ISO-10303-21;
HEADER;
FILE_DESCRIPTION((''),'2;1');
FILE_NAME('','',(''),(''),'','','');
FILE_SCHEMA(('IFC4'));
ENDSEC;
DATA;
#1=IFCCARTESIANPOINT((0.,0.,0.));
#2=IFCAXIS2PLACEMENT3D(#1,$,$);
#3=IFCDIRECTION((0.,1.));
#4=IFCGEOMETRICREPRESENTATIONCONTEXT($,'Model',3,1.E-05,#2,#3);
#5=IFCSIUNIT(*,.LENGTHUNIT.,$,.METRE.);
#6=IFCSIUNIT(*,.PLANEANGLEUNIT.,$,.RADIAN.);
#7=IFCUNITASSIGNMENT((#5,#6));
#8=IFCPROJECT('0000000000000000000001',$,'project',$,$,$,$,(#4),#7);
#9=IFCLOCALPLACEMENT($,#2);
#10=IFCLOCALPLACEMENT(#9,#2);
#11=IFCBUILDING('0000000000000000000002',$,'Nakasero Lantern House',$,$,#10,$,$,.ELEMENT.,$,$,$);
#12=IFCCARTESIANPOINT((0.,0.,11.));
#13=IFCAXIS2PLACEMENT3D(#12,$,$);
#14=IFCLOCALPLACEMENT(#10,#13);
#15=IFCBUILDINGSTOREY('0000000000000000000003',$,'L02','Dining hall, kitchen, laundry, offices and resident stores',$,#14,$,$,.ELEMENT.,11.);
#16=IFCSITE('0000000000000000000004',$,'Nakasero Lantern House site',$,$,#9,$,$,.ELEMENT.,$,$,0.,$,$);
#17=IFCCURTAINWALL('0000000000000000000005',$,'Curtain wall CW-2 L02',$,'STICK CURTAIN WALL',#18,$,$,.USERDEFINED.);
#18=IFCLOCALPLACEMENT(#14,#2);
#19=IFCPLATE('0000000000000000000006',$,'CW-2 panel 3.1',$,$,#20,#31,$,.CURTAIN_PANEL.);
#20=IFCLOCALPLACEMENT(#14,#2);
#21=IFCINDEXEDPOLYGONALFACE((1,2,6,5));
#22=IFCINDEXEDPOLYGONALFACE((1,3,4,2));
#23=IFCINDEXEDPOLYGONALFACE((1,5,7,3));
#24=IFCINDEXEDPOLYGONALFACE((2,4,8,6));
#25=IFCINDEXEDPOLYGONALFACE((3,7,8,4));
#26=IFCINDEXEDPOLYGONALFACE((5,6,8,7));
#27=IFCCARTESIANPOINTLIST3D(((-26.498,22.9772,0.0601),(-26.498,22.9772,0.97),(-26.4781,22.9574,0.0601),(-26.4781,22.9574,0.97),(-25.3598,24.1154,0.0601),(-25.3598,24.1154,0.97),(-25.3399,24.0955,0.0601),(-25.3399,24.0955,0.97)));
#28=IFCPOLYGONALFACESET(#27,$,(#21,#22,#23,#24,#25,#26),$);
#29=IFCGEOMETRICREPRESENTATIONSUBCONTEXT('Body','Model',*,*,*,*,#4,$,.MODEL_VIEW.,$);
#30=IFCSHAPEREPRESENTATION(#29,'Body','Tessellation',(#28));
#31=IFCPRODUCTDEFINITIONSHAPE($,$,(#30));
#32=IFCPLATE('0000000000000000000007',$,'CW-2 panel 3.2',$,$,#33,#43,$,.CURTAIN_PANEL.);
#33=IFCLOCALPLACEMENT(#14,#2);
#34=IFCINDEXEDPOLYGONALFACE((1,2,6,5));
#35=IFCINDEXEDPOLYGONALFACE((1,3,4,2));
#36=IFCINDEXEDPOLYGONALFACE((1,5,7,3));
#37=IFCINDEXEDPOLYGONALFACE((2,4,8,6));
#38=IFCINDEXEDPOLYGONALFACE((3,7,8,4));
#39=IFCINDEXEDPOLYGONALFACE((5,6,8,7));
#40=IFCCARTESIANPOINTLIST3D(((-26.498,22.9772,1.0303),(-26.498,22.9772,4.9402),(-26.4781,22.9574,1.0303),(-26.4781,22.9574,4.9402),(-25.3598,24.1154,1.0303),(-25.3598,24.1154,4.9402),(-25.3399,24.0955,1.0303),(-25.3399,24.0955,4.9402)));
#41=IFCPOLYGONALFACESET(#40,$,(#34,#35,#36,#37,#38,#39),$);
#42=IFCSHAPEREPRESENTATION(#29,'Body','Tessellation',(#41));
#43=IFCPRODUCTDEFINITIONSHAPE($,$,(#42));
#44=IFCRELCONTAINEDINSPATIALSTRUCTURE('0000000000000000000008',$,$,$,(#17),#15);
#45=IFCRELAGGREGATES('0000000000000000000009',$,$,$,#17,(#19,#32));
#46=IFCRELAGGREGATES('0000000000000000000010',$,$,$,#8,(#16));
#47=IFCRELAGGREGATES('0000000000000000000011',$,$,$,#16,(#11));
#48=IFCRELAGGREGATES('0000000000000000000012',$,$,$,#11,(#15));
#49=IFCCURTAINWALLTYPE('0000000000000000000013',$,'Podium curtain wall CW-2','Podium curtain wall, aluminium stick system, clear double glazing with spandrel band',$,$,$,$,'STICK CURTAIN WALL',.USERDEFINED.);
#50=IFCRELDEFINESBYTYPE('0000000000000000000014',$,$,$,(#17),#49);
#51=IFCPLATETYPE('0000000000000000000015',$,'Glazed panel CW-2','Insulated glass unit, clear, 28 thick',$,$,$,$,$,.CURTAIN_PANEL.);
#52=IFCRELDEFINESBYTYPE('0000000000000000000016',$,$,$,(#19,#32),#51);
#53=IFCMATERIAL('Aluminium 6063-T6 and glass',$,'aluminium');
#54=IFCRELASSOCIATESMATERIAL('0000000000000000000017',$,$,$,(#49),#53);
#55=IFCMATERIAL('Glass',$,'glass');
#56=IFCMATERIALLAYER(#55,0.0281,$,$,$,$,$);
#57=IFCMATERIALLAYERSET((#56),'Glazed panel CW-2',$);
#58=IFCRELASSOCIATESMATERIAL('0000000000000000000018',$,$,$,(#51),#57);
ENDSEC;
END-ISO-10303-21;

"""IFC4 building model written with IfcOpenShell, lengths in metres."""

from ifc_helpers import new_model, si_unit, direction, frame, origin, origin_2d, place, context, subcontext, project, spatial, rectangle, extrude, material, layer, layer_set, type_object, element, aggregate, save


model = new_model("IFC4")

# Units and contexts
model_context = context("Model", 3, precision=1e-05, world=origin(), true_north=direction((0.0, 1.0)))
body_context = subcontext(model_context, "Body", "Model", "MODEL_VIEW")
ifc_project = project(units=[si_unit("LENGTHUNIT", "METRE"), si_unit("PLANEANGLEUNIT", "RADIAN")], contexts=[model_context])

# Site, building, storey
site_placement = place(None, origin())
site = spatial("IfcSite", under=ifc_project, at=site_placement, Name="Nakasero Lantern House site", CompositionType="ELEMENT", RefElevation=0.0)
building_placement = place(site_placement, origin())
building = spatial("IfcBuilding", under=site, at=building_placement, Name="Nakasero Lantern House", CompositionType="ELEMENT")
storey_placement = place(building_placement, frame((0.0, 0.0, 11.0)))
storey = spatial("IfcBuildingStorey", under=building, at=storey_placement, Name="L02", Description="Dining hall, kitchen, laundry, offices and resident stores", CompositionType="ELEMENT", Elevation=11.0)

# Curtain wall
ifc_material_1 = material(Name="Aluminium 6063-T6 and glass", Category="aluminium")
curtain_wall_type = type_object("IfcCurtainWallType", Name="Podium curtain wall CW-2", Description="Podium curtain wall, aluminium stick system, clear double glazing with spandrel band", ElementType="STICK CURTAIN WALL", PredefinedType="USERDEFINED", material=ifc_material_1)
curtain_wall_1_placement = place(storey_placement, origin())
curtain_wall_1 = element("IfcCurtainWall", 1, at=curtain_wall_1_placement, inside=storey, type_object=curtain_wall_type, Name="Curtain wall CW-2 L02", ObjectType="STICK CURTAIN WALL", PredefinedType="USERDEFINED")

# Plates
ifc_material_2 = material(Name="Glass", Category="glass")
ifc_layer = layer(ifc_material_2, 0.0281)
ifc_layer_set = layer_set([ifc_layer], Name="Glazed panel CW-2")
plate_type = type_object("IfcPlateType", Name="Glazed panel CW-2", Description="Insulated glass unit, clear, 28 thick", PredefinedType="CURTAIN_PANEL", material=ifc_layer_set)
plate_1_placement = place(storey_placement, frame((-25.9189, 23.5364, 0.0601), z_axis=(0.0, 0.0, 1.0), x_axis=(-0.707107, -0.707107, 0.0)))
plate_1 = element("IfcPlate", 2, at=plate_1_placement, type_object=plate_type, Name="CW-2 panel 3.1", PredefinedType="CURTAIN_PANEL", context=body_context, shape_type="SweptSolid", body=[
    extrude(rectangle(XDim=1.6096, YDim=0.0281, at=origin_2d()), origin(), (0.0, 0.0, 1.0), 0.9099),
])
plate_2_placement = place(storey_placement, frame((-25.9189, 23.5364, 1.0303), z_axis=(0.0, 0.0, 1.0), x_axis=(-0.707107, -0.707107, 0.0)))
plate_2 = element("IfcPlate", 3, at=plate_2_placement, type_object=plate_type, Name="CW-2 panel 3.2", PredefinedType="CURTAIN_PANEL", context=body_context, shape_type="SweptSolid", body=[
    extrude(rectangle(XDim=1.6096, YDim=0.0281, at=origin_2d()), origin(), (0.0, 0.0, 1.0), 3.9099),
])
aggregate(curtain_wall_1, [plate_1, plate_2])

save(model, "model.ifc")
